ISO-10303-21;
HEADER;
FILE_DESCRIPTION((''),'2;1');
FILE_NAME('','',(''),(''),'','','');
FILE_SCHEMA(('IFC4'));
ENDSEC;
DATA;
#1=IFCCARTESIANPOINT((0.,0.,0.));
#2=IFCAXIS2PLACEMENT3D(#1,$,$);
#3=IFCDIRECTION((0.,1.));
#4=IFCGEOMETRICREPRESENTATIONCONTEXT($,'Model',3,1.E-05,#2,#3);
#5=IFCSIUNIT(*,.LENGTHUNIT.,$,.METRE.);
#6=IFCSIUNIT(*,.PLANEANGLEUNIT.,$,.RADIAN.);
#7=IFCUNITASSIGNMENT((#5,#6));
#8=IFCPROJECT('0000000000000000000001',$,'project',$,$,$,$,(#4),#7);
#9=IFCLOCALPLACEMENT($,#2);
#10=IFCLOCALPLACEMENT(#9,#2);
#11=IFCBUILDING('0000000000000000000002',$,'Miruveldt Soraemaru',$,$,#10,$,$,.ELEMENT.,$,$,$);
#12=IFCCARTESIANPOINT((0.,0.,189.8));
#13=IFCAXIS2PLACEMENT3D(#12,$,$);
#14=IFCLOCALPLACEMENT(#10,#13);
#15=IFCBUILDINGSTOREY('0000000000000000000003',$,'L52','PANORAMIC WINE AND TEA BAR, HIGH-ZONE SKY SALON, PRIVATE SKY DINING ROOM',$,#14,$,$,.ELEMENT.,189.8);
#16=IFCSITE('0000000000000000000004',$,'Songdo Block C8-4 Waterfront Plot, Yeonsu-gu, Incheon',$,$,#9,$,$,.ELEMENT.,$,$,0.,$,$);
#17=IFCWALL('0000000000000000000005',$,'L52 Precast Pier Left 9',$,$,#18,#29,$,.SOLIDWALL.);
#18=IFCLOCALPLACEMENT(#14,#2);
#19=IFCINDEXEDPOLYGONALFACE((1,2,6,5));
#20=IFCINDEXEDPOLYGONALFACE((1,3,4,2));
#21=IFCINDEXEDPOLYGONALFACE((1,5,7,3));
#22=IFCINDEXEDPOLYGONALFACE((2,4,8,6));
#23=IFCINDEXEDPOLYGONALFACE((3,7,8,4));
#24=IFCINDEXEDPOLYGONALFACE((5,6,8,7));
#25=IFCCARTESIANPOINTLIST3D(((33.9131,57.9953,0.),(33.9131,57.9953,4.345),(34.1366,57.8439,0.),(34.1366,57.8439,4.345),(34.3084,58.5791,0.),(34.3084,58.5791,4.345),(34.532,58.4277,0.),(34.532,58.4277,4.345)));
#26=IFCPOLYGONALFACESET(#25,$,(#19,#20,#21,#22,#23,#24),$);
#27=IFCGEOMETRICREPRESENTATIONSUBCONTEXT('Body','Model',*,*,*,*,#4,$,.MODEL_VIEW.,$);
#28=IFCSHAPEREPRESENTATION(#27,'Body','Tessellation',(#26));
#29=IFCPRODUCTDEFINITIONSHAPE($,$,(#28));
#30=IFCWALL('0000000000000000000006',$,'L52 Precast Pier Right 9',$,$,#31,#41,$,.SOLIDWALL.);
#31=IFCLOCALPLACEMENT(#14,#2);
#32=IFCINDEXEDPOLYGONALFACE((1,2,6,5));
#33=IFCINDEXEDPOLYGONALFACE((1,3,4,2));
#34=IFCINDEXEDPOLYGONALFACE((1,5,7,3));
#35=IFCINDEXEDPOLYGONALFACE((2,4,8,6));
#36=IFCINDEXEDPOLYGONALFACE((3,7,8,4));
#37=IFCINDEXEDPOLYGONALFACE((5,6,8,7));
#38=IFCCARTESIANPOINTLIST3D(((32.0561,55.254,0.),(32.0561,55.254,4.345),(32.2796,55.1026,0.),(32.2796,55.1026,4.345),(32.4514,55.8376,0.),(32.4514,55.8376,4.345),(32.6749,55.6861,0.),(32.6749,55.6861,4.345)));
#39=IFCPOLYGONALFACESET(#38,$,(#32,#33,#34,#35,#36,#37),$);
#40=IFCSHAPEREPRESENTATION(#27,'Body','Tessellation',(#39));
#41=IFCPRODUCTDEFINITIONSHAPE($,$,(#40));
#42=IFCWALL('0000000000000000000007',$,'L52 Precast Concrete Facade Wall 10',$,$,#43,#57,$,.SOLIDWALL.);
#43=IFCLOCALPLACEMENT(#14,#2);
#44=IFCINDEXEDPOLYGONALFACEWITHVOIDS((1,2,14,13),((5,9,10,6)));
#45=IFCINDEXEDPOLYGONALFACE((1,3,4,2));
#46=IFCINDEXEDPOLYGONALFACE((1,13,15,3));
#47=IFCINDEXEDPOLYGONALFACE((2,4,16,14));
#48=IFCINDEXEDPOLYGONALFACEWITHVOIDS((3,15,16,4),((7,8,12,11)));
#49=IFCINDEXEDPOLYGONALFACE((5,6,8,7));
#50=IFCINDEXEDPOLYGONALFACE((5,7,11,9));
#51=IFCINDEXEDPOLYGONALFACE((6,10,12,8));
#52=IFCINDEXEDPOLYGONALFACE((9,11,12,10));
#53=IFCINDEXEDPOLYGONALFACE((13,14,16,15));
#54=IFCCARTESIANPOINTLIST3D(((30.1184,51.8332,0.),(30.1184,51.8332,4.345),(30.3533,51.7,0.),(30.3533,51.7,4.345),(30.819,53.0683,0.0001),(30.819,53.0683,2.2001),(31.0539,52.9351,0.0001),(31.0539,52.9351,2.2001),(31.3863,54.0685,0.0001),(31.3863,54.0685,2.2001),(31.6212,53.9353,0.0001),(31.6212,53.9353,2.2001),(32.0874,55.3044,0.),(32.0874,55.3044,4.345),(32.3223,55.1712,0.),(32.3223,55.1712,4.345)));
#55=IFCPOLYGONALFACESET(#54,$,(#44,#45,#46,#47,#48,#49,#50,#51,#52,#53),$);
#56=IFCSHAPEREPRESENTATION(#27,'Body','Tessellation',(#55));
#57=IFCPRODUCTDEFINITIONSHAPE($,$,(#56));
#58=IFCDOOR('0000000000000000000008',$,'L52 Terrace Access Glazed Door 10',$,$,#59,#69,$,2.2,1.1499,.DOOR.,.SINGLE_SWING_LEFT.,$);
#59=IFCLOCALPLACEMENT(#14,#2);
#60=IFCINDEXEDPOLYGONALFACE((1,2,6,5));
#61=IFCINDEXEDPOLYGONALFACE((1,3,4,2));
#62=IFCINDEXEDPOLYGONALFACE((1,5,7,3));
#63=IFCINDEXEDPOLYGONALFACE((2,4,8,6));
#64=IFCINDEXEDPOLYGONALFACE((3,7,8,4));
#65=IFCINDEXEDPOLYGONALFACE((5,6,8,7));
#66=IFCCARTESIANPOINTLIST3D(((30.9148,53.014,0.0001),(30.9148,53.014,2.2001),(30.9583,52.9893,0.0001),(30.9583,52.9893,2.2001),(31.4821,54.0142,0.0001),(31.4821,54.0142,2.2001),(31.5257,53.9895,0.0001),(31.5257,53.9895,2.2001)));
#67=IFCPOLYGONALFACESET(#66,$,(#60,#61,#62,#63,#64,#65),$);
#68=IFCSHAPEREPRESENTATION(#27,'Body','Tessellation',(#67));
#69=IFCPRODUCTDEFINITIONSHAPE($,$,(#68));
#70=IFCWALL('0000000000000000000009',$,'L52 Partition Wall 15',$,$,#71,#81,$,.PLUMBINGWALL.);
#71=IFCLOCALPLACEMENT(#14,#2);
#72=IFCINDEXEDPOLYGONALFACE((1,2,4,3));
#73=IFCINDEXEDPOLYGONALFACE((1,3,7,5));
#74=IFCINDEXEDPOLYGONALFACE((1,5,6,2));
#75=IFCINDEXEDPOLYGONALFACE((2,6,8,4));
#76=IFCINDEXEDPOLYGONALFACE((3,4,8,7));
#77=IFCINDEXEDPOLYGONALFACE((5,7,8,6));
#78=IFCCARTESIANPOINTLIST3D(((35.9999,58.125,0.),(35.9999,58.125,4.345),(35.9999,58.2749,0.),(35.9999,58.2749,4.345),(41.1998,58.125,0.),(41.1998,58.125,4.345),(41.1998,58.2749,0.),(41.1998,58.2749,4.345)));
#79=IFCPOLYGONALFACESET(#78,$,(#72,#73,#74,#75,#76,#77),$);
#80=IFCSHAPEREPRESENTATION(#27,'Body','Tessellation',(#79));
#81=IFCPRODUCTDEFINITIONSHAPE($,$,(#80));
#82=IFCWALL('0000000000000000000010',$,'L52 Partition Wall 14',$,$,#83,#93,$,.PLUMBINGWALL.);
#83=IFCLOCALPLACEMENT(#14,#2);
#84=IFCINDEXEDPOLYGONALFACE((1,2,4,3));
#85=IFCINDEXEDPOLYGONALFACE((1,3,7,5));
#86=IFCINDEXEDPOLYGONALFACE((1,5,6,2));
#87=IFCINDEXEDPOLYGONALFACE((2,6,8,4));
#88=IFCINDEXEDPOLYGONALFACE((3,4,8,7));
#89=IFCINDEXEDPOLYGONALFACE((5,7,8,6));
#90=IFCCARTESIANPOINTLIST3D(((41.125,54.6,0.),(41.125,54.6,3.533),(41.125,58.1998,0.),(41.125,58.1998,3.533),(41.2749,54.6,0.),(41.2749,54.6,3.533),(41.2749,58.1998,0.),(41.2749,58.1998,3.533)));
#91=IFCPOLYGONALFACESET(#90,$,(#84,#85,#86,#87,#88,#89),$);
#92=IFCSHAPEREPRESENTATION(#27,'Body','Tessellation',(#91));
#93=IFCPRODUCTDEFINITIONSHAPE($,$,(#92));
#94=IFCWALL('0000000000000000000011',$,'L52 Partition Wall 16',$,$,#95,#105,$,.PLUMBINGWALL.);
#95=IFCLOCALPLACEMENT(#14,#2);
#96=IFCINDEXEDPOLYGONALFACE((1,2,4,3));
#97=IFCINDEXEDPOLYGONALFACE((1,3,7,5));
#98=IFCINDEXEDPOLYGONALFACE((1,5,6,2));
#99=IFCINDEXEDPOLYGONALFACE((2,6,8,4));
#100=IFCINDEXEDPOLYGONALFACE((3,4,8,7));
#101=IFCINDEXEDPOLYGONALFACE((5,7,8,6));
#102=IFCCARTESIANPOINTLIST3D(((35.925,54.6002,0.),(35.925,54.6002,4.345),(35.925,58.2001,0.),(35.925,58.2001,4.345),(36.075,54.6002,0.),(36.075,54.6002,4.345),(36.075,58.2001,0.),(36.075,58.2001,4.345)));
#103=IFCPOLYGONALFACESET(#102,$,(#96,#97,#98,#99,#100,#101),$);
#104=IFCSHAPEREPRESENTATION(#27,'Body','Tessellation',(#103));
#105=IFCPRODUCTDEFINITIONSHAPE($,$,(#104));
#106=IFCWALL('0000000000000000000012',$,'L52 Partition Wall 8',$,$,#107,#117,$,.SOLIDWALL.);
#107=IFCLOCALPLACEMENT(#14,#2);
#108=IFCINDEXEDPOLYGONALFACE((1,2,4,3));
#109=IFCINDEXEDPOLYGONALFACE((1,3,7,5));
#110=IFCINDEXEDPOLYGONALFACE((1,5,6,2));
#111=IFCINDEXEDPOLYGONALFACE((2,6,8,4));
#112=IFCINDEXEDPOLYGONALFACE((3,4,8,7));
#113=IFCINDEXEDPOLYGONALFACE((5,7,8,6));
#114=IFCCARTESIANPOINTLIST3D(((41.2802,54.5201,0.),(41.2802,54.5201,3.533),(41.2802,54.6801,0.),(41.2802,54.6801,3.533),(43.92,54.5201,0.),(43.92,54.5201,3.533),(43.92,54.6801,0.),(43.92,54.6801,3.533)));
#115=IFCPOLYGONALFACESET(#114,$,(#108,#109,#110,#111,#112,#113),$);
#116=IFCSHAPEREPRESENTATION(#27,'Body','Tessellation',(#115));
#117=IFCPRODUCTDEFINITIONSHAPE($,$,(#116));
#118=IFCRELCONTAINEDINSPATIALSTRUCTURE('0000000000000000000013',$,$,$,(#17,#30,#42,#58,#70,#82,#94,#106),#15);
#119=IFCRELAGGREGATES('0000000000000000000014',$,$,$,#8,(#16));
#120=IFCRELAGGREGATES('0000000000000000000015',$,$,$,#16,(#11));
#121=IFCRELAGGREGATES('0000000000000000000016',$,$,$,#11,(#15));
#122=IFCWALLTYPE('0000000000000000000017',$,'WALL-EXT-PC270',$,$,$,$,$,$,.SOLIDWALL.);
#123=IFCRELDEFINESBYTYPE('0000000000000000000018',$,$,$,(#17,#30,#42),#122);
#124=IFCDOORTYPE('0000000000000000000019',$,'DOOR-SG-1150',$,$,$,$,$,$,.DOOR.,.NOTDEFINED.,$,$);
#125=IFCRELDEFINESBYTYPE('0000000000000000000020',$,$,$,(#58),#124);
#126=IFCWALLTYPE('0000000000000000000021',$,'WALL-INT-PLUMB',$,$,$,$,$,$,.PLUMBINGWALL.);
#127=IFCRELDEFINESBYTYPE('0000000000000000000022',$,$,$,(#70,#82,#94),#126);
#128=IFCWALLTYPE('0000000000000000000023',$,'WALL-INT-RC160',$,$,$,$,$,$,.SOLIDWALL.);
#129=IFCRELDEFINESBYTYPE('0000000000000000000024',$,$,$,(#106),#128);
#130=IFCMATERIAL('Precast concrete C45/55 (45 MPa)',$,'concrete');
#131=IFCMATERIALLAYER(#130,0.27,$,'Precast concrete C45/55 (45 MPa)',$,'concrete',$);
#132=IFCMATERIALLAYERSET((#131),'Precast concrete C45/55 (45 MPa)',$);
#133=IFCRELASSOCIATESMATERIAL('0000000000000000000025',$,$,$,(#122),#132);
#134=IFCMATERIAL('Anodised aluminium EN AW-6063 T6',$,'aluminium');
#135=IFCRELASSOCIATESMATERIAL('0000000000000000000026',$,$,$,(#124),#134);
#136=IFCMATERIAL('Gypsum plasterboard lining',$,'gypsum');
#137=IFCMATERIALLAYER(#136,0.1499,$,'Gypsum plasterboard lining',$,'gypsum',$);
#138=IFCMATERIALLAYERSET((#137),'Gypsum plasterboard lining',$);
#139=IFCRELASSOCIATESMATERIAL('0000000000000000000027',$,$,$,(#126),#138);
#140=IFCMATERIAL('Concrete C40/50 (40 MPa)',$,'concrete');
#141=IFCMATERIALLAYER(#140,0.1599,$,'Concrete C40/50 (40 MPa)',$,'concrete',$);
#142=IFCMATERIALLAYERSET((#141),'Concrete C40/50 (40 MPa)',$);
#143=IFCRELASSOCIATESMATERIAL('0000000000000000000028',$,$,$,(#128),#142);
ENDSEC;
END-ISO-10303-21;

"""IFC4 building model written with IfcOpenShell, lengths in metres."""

from ifc_helpers import new_model, si_unit, direction, frame, frame_2d, origin, place, context, subcontext, project, spatial, rectangle, extrude, material, layer, layer_set, type_object, element, fill, save


model = new_model("IFC4")

# Units and contexts
model_context = context("Model", 3, precision=1e-05, world=origin(), true_north=direction((0.0, 1.0)))
body_context = subcontext(model_context, "Body", "Model", "MODEL_VIEW")
ifc_project = project(units=[si_unit("LENGTHUNIT", "METRE"), si_unit("PLANEANGLEUNIT", "RADIAN")], contexts=[model_context])

# Site, building, storey
site_placement = place(None, origin())
site = spatial("IfcSite", under=ifc_project, at=site_placement, Name="Songdo Block C8-4 Waterfront Plot, Yeonsu-gu, Incheon", CompositionType="ELEMENT", RefElevation=0.0)
building_placement = place(site_placement, origin())
building = spatial("IfcBuilding", under=site, at=building_placement, Name="Miruveldt Soraemaru", CompositionType="ELEMENT")
storey_placement = place(building_placement, frame((0.0, 0.0, 189.8)))
storey = spatial("IfcBuildingStorey", under=building, at=storey_placement, Name="L52", Description="PANORAMIC WINE AND TEA BAR, HIGH-ZONE SKY SALON, PRIVATE SKY DINING ROOM", CompositionType="ELEMENT", Elevation=189.8)

# Shared definitions
ifc_material_1 = material(Name="Anodised aluminium EN AW-6063 T6", Category="aluminium")

# Shared definitions
ifc_material_2 = material(Name="Precast concrete C45/55 (45 MPa)", Category="concrete")
ifc_layer_1 = layer(ifc_material_2, 0.27, Name="Precast concrete C45/55 (45 MPa)", Category="concrete")
ifc_layer_set_1 = layer_set([ifc_layer_1], Name="Precast concrete C45/55 (45 MPa)")
wall_type_1 = type_object("IfcWallType", Name="WALL-EXT-PC270", PredefinedType="SOLIDWALL", material=ifc_layer_set_1)

# Walls
wall_1_placement = place(storey_placement, frame((34.4202, 58.5034, 0.0), z_axis=(0.0, 0.0, 1.0), x_axis=(-0.56068, -0.828033, 0.0)))
element("IfcWall", 1, at=wall_1_placement, inside=storey, type_object=wall_type_1, Name="L52 Precast Pier Left 9", PredefinedType="SOLIDWALL", context=body_context, shape_type="SweptSolid", body=[
    extrude(rectangle(XDim=0.7051, YDim=0.27, at=frame_2d((0.3525, 0.0))), origin(), (0.0, 0.0, 1.0), 4.345),
])
wall_2_placement = place(storey_placement, frame((32.5632, 55.762, 0.0), z_axis=(0.0, 0.0, 1.0), x_axis=(-0.56084, -0.827924, 0.0)))
element("IfcWall", 2, at=wall_2_placement, inside=storey, type_object=wall_type_1, Name="L52 Precast Pier Right 9", PredefinedType="SOLIDWALL", context=body_context, shape_type="SweptSolid", body=[
    extrude(rectangle(XDim=0.7048, YDim=0.27, at=frame_2d((0.3525, 0.0))), origin(), (0.0, 0.0, 1.0), 4.345),
])

# Wall, opening, door
wall_3_placement = place(storey_placement, frame((32.2048, 55.2378, 0.0), z_axis=(0.0, 0.0, 1.0), x_axis=(-0.493389, -0.869809, 0.0)))
wall_3 = element("IfcWall", 3, at=wall_3_placement, inside=storey, type_object=wall_type_1, Name="L52 Precast Concrete Facade Wall 10", PredefinedType="SOLIDWALL", context=body_context, shape_type="SweptSolid", body=[
    extrude(rectangle(XDim=3.9907, YDim=0.27, at=frame_2d((1.9954, 0.0))), origin(), (0.0, 0.0, 1.0), 4.345),
])
opening_1_placement = place(wall_3_placement, frame((1.4209, 0.0, 0.0)))
opening_1 = element("IfcOpeningElement", 4, at=opening_1_placement, cuts=wall_3, PredefinedType="OPENING", context=body_context, shape_type="SweptSolid", body=[
    extrude(rectangle(XDim=1.1499, YDim=2.2, at=frame_2d((0.575, 1.1001))), frame((0.0, 0.145, 0.0), z_axis=(0.0, -1.0, 0.0), x_axis=(1.0, 0.0, 0.0)), (0.0, 0.0, 1.0), 0.29),
])
door_type = type_object("IfcDoorType", Name="DOOR-SG-1150", OperationType="NOTDEFINED", PredefinedType="DOOR", material=ifc_material_1)
door_placement = place(opening_1_placement, frame((1.1499, 0.0, 0.0), z_axis=(0.0, 0.0, 1.0), x_axis=(-1.0, 0.0, 0.0)))
door = element("IfcDoor", 5, at=door_placement, inside=storey, type_object=door_type, Name="L52 Terrace Access Glazed Door 10", OperationType="SINGLE_SWING_LEFT", OverallHeight=2.2, OverallWidth=1.1499, PredefinedType="DOOR", context=body_context, shape_type="SweptSolid", body=[
    extrude(rectangle(XDim=1.1499, YDim=2.2, at=frame_2d((0.575, 1.1001))), frame((0.0, 0.0249, 0.0), z_axis=(0.0, -1.0, 0.0), x_axis=(1.0, 0.0, 0.0)), (0.0, 0.0, 1.0), 0.05),
])
fill(opening_1, door)

# Walls
ifc_material_3 = material(Name="Gypsum plasterboard lining", Category="gypsum")
ifc_layer_2 = layer(ifc_material_3, 0.1499, Name="Gypsum plasterboard lining", Category="gypsum")
ifc_layer_set_2 = layer_set([ifc_layer_2], Name="Gypsum plasterboard lining")
wall_type_2 = type_object("IfcWallType", Name="WALL-INT-PLUMB", PredefinedType="PLUMBINGWALL", material=ifc_layer_set_2)
wall_4_placement = place(storey_placement, frame((41.2, 58.2, 0.0), z_axis=(0.0, 0.0, 1.0), x_axis=(-1.0, 0.0, 0.0)))
element("IfcWall", 6, at=wall_4_placement, inside=storey, type_object=wall_type_2, Name="L52 Partition Wall 15", PredefinedType="PLUMBINGWALL", context=body_context, shape_type="SweptSolid", body=[
    extrude(rectangle(XDim=5.2, YDim=0.1499, at=frame_2d((2.6001, 0.0))), origin(), (0.0, 0.0, 1.0), 4.345),
])
wall_5_placement = place(storey_placement, frame((41.2, 54.6001, 0.0), z_axis=(0.0, 0.0, 1.0), x_axis=(0.0, 1.0, 0.0)))
element("IfcWall", 7, at=wall_5_placement, inside=storey, type_object=wall_type_2, Name="L52 Partition Wall 14", PredefinedType="PLUMBINGWALL", context=body_context, shape_type="SweptSolid", body=[
    extrude(rectangle(XDim=3.5999, YDim=0.1499, at=frame_2d((1.7998, 0.0))), origin(), (0.0, 0.0, 1.0), 3.533),
])
wall_6_placement = place(storey_placement, frame((36.0, 58.2, 0.0), z_axis=(0.0, 0.0, 1.0), x_axis=(0.0, -1.0, 0.0)))
element("IfcWall", 8, at=wall_6_placement, inside=storey, type_object=wall_type_2, Name="L52 Partition Wall 16", PredefinedType="PLUMBINGWALL", context=body_context, shape_type="SweptSolid", body=[
    extrude(rectangle(XDim=3.5999, YDim=0.1499, at=frame_2d((1.7998, 0.0))), origin(), (0.0, 0.0, 1.0), 4.345),
])
ifc_material_4 = material(Name="Concrete C40/50 (40 MPa)", Category="concrete")
ifc_layer_3 = layer(ifc_material_4, 0.1599, Name="Concrete C40/50 (40 MPa)", Category="concrete")
ifc_layer_set_3 = layer_set([ifc_layer_3], Name="Concrete C40/50 (40 MPa)")
wall_type_3 = type_object("IfcWallType", Name="WALL-INT-RC160", PredefinedType="SOLIDWALL", material=ifc_layer_set_3)
wall_7_placement = place(storey_placement, frame((43.9199, 54.6001, 0.0), z_axis=(0.0, 0.0, 1.0), x_axis=(-1.0, 0.0, 0.0)))
element("IfcWall", 9, at=wall_7_placement, inside=storey, type_object=wall_type_3, Name="L52 Partition Wall 8", PredefinedType="SOLIDWALL", context=body_context, shape_type="SweptSolid", body=[
    extrude(rectangle(XDim=2.6399, YDim=0.1599, at=frame_2d((1.3198, 0.0))), origin(), (0.0, 0.0, 1.0), 3.533),
])

save(model, "model.ifc")
